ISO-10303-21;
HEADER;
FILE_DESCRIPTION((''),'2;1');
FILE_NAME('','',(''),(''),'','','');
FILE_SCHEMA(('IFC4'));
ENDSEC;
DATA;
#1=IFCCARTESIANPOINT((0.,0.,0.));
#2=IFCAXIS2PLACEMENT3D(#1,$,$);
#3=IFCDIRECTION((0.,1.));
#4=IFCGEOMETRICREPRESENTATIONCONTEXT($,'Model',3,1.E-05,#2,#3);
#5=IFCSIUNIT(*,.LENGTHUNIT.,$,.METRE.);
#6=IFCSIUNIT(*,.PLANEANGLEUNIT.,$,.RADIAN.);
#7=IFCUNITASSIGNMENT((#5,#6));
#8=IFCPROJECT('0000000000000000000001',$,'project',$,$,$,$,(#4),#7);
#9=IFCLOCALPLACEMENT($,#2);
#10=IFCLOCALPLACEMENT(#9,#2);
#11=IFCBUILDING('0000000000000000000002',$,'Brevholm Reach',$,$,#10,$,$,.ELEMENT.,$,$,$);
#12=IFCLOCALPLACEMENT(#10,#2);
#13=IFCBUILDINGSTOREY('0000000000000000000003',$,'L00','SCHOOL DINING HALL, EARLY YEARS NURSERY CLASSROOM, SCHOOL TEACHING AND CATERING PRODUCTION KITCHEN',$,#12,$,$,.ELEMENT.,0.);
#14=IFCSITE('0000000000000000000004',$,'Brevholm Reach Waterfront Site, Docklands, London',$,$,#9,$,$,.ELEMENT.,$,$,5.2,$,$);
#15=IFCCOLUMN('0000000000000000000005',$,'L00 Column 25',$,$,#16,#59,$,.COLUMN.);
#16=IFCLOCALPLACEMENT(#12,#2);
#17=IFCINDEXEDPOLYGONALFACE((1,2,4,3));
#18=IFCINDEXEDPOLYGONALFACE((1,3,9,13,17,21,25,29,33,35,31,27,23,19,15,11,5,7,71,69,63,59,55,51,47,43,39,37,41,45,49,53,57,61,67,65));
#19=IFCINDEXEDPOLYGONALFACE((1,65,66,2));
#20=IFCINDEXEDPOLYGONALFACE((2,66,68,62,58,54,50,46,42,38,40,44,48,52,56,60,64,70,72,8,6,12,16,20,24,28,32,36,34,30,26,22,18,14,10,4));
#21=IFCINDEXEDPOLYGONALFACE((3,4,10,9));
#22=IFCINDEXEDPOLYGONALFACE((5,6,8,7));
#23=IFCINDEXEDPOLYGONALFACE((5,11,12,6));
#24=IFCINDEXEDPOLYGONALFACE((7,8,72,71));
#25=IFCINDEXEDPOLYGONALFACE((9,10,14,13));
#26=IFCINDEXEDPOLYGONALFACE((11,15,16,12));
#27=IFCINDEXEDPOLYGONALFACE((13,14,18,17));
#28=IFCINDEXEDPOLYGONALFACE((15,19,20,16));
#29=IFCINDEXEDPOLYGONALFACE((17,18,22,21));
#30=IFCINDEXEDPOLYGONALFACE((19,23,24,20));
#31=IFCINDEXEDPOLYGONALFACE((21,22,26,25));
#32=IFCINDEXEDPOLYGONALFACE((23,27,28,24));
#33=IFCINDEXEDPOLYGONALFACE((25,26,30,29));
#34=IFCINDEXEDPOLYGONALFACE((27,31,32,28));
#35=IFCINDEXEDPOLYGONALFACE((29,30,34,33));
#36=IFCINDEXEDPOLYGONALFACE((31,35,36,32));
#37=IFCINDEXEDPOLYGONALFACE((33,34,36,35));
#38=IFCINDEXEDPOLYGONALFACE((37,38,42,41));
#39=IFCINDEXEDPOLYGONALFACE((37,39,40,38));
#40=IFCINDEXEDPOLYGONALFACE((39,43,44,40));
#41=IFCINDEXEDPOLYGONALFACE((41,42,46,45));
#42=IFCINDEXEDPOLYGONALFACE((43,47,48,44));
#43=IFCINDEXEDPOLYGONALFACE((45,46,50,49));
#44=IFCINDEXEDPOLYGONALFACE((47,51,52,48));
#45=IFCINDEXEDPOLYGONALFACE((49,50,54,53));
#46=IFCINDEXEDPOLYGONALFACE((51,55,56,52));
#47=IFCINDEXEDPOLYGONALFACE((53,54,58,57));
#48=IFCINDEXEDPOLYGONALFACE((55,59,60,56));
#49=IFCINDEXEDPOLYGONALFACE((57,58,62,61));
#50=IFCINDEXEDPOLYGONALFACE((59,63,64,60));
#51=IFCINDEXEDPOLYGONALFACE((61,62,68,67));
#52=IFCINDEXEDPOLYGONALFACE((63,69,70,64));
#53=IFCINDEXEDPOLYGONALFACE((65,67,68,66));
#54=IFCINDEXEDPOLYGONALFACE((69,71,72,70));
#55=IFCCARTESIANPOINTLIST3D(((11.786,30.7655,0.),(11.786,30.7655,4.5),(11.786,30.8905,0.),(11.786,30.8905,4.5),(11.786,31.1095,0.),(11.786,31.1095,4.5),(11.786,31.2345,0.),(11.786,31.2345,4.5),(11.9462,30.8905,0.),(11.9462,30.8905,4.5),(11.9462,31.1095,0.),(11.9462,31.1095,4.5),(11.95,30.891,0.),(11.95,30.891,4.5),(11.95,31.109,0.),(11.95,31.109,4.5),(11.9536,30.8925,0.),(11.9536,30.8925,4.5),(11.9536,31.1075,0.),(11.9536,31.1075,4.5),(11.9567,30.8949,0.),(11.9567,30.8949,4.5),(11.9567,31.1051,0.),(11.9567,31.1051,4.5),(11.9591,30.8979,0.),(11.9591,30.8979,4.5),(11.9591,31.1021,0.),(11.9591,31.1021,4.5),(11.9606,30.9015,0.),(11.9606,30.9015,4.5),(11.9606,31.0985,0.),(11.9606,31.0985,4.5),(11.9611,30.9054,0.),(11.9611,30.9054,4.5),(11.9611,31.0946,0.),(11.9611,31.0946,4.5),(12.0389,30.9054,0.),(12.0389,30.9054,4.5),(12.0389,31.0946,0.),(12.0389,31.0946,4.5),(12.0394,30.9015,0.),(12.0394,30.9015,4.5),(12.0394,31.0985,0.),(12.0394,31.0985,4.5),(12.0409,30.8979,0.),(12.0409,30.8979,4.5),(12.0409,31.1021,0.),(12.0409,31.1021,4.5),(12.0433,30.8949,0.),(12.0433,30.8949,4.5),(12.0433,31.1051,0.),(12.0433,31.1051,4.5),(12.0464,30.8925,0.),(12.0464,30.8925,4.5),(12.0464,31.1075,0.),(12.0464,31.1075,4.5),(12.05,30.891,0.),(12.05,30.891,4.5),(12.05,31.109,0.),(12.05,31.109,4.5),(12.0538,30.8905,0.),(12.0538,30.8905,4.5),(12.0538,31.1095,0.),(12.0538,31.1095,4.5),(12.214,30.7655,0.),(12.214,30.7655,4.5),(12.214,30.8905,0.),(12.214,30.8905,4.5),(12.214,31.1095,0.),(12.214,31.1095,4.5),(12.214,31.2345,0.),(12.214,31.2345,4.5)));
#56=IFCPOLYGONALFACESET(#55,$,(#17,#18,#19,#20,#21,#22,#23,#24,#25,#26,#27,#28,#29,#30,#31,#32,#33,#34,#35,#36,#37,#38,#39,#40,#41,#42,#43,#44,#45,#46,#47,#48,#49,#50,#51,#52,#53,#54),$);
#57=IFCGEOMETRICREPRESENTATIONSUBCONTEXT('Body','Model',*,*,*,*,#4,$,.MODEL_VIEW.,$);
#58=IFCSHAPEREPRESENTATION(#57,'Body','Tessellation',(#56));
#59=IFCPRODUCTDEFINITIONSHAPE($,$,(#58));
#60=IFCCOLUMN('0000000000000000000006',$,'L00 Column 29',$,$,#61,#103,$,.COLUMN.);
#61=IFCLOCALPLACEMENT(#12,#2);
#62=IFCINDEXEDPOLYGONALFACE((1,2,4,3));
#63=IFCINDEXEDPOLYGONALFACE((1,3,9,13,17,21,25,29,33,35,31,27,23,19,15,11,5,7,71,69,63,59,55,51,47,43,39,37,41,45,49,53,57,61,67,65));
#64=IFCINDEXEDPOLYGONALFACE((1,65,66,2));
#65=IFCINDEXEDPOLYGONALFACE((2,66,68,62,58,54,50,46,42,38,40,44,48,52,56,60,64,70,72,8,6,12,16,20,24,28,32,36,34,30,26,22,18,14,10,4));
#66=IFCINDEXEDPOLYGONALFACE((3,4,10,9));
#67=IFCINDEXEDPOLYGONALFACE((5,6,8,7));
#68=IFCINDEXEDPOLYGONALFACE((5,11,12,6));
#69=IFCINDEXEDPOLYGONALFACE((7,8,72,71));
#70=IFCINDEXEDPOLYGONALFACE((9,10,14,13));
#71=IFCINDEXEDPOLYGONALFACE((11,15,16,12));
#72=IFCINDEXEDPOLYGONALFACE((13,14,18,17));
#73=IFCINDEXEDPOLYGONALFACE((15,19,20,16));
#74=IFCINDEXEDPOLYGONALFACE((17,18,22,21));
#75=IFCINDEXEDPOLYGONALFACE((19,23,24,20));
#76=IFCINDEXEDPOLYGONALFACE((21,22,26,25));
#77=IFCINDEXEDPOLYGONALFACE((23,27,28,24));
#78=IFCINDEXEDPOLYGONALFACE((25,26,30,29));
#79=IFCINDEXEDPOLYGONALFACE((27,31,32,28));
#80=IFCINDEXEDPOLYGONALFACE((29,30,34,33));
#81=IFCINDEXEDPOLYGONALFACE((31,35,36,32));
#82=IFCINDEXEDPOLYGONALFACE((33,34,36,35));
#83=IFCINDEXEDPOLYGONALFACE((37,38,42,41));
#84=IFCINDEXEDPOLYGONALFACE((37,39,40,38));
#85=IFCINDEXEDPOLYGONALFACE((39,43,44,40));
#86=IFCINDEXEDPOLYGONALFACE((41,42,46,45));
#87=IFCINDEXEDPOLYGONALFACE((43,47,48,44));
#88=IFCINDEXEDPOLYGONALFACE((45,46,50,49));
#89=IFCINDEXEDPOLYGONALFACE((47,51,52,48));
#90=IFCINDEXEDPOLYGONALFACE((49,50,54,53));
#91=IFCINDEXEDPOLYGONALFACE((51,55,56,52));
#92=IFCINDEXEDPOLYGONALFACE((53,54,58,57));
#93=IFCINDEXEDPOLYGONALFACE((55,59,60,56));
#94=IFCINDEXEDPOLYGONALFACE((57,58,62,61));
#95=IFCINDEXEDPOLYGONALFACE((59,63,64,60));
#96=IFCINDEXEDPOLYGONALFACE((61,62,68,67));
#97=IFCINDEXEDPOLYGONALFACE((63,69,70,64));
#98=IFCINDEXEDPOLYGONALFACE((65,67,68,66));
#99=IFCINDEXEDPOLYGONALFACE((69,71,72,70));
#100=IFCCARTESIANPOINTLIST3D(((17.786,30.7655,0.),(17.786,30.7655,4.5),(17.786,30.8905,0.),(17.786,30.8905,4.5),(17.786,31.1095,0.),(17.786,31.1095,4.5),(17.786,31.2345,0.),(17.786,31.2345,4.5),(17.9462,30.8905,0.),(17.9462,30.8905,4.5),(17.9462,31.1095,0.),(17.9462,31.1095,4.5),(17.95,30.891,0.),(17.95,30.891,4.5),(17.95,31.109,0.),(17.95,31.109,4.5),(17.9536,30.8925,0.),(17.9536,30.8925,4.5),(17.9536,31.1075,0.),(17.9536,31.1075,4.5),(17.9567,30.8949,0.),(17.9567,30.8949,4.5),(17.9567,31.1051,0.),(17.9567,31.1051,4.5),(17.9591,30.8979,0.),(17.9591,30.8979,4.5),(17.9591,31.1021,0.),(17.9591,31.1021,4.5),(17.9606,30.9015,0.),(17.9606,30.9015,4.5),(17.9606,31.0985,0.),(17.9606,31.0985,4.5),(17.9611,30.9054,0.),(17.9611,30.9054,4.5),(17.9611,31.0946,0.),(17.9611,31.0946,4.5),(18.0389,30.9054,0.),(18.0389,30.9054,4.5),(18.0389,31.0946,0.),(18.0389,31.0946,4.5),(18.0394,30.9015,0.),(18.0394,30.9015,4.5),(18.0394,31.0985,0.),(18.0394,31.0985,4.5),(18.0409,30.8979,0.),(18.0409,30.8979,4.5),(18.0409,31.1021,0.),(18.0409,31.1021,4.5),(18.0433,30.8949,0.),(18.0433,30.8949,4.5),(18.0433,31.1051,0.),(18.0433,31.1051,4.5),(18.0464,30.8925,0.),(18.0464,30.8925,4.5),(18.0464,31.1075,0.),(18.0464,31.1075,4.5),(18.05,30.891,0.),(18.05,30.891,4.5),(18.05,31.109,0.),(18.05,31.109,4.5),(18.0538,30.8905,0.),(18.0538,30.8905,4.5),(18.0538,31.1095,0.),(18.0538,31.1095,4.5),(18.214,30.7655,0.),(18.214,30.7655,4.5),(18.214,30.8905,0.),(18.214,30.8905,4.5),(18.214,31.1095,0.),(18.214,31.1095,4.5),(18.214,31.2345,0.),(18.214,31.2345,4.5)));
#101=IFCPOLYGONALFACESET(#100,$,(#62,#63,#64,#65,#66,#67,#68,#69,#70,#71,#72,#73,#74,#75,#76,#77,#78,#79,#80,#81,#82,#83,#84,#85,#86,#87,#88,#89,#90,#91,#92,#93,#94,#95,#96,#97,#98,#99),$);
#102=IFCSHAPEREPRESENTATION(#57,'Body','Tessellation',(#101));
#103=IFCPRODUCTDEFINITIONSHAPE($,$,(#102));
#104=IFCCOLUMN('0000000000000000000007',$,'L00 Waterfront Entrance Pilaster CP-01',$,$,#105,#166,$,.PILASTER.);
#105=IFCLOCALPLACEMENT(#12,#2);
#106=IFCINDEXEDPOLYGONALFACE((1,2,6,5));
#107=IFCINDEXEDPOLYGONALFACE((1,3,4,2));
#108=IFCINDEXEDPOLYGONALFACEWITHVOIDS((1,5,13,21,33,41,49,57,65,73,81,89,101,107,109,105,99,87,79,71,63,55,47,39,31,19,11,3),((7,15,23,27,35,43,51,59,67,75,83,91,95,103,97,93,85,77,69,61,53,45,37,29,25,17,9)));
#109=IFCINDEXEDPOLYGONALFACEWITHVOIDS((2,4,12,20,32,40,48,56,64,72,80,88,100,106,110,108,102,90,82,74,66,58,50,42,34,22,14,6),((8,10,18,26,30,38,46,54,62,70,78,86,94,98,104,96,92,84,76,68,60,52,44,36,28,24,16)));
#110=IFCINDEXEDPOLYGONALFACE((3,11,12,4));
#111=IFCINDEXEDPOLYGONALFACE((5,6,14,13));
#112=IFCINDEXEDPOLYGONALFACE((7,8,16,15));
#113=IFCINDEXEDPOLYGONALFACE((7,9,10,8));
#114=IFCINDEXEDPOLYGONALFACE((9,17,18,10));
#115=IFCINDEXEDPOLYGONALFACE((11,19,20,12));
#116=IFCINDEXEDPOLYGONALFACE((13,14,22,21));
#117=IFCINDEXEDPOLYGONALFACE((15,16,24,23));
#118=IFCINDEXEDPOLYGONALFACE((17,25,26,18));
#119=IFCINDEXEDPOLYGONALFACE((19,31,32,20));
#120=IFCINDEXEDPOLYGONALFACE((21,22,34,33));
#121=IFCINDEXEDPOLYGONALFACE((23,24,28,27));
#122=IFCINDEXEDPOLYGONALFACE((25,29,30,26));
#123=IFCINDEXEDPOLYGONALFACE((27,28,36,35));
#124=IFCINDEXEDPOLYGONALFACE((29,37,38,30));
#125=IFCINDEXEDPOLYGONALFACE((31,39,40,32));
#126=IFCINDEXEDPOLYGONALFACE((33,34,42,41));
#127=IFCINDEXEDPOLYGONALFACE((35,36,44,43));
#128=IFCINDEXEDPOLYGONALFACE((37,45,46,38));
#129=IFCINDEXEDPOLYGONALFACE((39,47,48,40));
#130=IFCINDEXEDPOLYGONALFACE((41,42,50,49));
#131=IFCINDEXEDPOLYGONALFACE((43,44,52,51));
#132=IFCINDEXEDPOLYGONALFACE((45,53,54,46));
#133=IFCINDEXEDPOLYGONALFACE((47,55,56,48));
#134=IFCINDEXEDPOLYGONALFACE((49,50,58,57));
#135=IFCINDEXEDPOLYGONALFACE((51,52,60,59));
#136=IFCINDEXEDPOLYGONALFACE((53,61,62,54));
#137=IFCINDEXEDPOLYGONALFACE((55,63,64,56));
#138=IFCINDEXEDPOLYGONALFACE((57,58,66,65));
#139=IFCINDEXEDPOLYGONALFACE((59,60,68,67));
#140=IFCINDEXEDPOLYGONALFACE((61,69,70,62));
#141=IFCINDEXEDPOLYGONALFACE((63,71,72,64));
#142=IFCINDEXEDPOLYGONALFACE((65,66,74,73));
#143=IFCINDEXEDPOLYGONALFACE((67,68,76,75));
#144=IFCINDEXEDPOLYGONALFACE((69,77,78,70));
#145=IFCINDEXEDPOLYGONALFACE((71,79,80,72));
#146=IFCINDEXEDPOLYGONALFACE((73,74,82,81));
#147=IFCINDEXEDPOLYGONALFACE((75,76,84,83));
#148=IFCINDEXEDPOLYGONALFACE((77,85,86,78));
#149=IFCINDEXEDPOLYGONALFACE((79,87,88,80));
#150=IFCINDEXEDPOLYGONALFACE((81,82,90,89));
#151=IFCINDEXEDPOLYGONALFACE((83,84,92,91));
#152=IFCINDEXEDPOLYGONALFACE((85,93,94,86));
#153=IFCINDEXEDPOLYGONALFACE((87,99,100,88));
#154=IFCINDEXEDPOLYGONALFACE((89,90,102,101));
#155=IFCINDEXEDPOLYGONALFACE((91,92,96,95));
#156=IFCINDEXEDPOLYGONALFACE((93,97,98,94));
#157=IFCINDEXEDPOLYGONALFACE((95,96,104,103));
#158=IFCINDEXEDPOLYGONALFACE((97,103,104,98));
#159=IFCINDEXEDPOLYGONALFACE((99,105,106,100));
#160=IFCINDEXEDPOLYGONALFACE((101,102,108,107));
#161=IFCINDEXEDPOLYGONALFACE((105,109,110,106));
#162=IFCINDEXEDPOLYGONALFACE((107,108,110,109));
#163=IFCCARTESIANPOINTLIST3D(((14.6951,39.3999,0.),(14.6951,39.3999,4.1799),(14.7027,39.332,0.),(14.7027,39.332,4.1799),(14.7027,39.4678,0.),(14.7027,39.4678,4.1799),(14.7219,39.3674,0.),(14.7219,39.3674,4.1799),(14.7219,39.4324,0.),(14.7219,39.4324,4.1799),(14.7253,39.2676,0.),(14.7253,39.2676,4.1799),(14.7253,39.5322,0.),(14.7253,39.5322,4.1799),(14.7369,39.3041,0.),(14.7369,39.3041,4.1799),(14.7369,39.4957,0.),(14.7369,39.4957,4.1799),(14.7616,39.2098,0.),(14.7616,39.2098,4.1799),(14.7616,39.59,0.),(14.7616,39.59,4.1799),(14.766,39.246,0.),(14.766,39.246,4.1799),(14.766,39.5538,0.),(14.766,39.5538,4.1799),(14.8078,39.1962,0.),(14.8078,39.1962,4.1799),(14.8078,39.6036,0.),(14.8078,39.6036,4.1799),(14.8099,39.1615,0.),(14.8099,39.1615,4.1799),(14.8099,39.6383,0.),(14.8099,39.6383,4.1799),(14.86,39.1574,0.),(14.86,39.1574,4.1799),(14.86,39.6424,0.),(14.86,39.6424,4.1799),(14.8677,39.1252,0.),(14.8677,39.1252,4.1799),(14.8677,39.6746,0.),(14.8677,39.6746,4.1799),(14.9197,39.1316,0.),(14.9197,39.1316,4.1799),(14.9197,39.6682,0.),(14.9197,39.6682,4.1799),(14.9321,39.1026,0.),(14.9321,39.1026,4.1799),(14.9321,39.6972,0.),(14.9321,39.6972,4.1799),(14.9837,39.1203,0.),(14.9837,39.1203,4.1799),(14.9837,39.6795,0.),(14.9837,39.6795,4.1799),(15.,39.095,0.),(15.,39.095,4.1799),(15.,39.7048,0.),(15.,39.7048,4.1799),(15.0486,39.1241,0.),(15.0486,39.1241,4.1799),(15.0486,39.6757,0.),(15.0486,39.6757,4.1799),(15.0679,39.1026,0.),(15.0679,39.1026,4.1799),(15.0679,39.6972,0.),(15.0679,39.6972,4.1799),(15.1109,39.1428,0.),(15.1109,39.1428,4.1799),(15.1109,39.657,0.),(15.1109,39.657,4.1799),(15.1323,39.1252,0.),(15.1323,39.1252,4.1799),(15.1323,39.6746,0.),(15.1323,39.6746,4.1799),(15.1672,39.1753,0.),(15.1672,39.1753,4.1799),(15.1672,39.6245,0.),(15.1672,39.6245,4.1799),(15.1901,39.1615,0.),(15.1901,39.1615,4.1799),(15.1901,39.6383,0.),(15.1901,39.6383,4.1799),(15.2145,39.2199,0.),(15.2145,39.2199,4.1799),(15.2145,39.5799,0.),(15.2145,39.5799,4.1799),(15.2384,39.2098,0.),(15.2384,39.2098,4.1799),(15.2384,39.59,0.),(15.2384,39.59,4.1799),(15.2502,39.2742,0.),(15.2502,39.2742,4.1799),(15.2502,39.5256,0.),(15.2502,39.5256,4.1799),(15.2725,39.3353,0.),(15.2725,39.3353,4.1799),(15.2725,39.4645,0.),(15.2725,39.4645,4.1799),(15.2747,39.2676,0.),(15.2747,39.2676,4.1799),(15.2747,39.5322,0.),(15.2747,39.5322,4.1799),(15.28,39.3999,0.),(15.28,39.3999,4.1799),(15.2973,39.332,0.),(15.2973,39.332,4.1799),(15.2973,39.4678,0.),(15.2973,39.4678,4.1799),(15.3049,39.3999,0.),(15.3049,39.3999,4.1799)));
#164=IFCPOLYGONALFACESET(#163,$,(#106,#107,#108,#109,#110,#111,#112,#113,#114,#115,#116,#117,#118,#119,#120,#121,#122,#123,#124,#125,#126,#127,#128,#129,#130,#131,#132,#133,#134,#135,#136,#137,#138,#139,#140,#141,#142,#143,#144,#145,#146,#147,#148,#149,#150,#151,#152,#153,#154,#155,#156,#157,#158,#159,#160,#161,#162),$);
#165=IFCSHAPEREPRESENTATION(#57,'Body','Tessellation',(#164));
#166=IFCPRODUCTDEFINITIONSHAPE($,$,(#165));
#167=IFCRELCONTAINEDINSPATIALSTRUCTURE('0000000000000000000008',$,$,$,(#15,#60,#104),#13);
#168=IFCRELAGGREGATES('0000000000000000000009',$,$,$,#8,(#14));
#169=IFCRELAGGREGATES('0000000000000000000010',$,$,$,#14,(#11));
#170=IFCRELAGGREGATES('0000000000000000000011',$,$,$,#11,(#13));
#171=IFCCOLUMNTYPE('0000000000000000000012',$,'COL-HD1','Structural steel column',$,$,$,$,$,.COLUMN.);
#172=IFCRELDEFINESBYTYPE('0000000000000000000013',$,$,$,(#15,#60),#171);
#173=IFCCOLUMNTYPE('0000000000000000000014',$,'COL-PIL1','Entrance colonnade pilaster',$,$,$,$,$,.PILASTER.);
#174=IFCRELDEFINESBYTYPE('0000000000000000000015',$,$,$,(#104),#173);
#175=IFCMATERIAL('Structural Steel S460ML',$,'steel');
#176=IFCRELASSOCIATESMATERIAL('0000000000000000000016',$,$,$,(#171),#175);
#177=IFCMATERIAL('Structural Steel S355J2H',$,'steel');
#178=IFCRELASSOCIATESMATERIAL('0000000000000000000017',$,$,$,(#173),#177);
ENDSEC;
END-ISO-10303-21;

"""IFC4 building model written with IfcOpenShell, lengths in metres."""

from ifc_helpers import new_model, si_unit, direction, frame, origin, origin_2d, place, context, subcontext, project, spatial, hollow_circle, i_section, extrude, material, material_profile, profile_set, type_object, element, save


model = new_model("IFC4")

# Units and contexts
model_context = context("Model", 3, precision=1e-05, world=origin(), true_north=direction((0.0, 1.0)))
body_context = subcontext(model_context, "Body", "Model", "MODEL_VIEW")
ifc_project = project(units=[si_unit("LENGTHUNIT", "METRE"), si_unit("PLANEANGLEUNIT", "RADIAN")], contexts=[model_context])

# Site, building, storey
site_placement = place(None, origin())
site = spatial("IfcSite", under=ifc_project, at=site_placement, Name="Brevholm Reach Waterfront Site, Docklands, London", CompositionType="ELEMENT", RefElevation=5.2)
building_placement = place(site_placement, origin())
building = spatial("IfcBuilding", under=site, at=building_placement, Name="Brevholm Reach", CompositionType="ELEMENT")
storey_placement = place(building_placement, origin())
storey = spatial("IfcBuildingStorey", under=building, at=storey_placement, Name="L00", Description="SCHOOL DINING HALL, EARLY YEARS NURSERY CLASSROOM, SCHOOL TEACHING AND CATERING PRODUCTION KITCHEN", CompositionType="ELEMENT", Elevation=0.0)

# Columns
ifc_material_1 = material(Name="Structural Steel S460ML", Category="steel")
ifc_material_profile_1 = material_profile(ifc_material_1, i_section(OverallWidth=0.428, OverallDepth=0.469, WebThickness=0.0779, FlangeThickness=0.125, FilletRadius=0.0149, at=origin_2d()), Name="HD 400x1086")
ifc_profile_set_1 = profile_set([ifc_material_profile_1], Name="Structural Steel S460ML")
column_type_1 = type_object("IfcColumnType", Name="COL-HD1", Description="Structural steel column", PredefinedType="COLUMN", material=ifc_profile_set_1)
for number, where, z_axis, x_axis, name in (
    (1, (12.0, 31.0, 0.0), (0.0, 0.0, 1.0), (1.0, 0.0, 0.0), "L00 Column 25"),
    (2, (18.0, 31.0, 0.0), (0.0, 0.0, 1.0), (1.0, 0.0, 0.0), "L00 Column 29"),
):
    element("IfcColumn", number, at=place(storey_placement, frame(where, z_axis=z_axis, x_axis=x_axis)), inside=storey, type_object=column_type_1, Name=name, PredefinedType="COLUMN", context=body_context, shape_type="SweptSolid", body=[
        extrude(i_section(OverallWidth=0.428, OverallDepth=0.469, WebThickness=0.0779, FlangeThickness=0.125, FilletRadius=0.0149, at=origin_2d()), origin(), (0.0, 0.0, 1.0), 4.5),
    ])
ifc_material_2 = material(Name="Structural Steel S355J2H", Category="steel")
ifc_material_profile_2 = material_profile(ifc_material_2, hollow_circle(Radius=0.3049, WallThickness=0.0249, at=origin_2d()), Name="CHS 610x25")
ifc_profile_set_2 = profile_set([ifc_material_profile_2], Name="Structural Steel S355J2H")
column_type_2 = type_object("IfcColumnType", Name="COL-PIL1", Description="Entrance colonnade pilaster", PredefinedType="PILASTER", material=ifc_profile_set_2)
column_1_placement = place(storey_placement, frame((15.0, 39.3999, 0.0), z_axis=(0.0, 0.0, 1.0), x_axis=(1.0, 0.0, 0.0)))
element("IfcColumn", 3, at=column_1_placement, inside=storey, type_object=column_type_2, Name="L00 Waterfront Entrance Pilaster CP-01", PredefinedType="PILASTER", context=body_context, shape_type="SweptSolid", body=[
    extrude(hollow_circle(Radius=0.3049, WallThickness=0.0249, at=origin_2d()), origin(), (0.0, 0.0, 1.0), 4.1799),
])

save(model, "model.ifc")
